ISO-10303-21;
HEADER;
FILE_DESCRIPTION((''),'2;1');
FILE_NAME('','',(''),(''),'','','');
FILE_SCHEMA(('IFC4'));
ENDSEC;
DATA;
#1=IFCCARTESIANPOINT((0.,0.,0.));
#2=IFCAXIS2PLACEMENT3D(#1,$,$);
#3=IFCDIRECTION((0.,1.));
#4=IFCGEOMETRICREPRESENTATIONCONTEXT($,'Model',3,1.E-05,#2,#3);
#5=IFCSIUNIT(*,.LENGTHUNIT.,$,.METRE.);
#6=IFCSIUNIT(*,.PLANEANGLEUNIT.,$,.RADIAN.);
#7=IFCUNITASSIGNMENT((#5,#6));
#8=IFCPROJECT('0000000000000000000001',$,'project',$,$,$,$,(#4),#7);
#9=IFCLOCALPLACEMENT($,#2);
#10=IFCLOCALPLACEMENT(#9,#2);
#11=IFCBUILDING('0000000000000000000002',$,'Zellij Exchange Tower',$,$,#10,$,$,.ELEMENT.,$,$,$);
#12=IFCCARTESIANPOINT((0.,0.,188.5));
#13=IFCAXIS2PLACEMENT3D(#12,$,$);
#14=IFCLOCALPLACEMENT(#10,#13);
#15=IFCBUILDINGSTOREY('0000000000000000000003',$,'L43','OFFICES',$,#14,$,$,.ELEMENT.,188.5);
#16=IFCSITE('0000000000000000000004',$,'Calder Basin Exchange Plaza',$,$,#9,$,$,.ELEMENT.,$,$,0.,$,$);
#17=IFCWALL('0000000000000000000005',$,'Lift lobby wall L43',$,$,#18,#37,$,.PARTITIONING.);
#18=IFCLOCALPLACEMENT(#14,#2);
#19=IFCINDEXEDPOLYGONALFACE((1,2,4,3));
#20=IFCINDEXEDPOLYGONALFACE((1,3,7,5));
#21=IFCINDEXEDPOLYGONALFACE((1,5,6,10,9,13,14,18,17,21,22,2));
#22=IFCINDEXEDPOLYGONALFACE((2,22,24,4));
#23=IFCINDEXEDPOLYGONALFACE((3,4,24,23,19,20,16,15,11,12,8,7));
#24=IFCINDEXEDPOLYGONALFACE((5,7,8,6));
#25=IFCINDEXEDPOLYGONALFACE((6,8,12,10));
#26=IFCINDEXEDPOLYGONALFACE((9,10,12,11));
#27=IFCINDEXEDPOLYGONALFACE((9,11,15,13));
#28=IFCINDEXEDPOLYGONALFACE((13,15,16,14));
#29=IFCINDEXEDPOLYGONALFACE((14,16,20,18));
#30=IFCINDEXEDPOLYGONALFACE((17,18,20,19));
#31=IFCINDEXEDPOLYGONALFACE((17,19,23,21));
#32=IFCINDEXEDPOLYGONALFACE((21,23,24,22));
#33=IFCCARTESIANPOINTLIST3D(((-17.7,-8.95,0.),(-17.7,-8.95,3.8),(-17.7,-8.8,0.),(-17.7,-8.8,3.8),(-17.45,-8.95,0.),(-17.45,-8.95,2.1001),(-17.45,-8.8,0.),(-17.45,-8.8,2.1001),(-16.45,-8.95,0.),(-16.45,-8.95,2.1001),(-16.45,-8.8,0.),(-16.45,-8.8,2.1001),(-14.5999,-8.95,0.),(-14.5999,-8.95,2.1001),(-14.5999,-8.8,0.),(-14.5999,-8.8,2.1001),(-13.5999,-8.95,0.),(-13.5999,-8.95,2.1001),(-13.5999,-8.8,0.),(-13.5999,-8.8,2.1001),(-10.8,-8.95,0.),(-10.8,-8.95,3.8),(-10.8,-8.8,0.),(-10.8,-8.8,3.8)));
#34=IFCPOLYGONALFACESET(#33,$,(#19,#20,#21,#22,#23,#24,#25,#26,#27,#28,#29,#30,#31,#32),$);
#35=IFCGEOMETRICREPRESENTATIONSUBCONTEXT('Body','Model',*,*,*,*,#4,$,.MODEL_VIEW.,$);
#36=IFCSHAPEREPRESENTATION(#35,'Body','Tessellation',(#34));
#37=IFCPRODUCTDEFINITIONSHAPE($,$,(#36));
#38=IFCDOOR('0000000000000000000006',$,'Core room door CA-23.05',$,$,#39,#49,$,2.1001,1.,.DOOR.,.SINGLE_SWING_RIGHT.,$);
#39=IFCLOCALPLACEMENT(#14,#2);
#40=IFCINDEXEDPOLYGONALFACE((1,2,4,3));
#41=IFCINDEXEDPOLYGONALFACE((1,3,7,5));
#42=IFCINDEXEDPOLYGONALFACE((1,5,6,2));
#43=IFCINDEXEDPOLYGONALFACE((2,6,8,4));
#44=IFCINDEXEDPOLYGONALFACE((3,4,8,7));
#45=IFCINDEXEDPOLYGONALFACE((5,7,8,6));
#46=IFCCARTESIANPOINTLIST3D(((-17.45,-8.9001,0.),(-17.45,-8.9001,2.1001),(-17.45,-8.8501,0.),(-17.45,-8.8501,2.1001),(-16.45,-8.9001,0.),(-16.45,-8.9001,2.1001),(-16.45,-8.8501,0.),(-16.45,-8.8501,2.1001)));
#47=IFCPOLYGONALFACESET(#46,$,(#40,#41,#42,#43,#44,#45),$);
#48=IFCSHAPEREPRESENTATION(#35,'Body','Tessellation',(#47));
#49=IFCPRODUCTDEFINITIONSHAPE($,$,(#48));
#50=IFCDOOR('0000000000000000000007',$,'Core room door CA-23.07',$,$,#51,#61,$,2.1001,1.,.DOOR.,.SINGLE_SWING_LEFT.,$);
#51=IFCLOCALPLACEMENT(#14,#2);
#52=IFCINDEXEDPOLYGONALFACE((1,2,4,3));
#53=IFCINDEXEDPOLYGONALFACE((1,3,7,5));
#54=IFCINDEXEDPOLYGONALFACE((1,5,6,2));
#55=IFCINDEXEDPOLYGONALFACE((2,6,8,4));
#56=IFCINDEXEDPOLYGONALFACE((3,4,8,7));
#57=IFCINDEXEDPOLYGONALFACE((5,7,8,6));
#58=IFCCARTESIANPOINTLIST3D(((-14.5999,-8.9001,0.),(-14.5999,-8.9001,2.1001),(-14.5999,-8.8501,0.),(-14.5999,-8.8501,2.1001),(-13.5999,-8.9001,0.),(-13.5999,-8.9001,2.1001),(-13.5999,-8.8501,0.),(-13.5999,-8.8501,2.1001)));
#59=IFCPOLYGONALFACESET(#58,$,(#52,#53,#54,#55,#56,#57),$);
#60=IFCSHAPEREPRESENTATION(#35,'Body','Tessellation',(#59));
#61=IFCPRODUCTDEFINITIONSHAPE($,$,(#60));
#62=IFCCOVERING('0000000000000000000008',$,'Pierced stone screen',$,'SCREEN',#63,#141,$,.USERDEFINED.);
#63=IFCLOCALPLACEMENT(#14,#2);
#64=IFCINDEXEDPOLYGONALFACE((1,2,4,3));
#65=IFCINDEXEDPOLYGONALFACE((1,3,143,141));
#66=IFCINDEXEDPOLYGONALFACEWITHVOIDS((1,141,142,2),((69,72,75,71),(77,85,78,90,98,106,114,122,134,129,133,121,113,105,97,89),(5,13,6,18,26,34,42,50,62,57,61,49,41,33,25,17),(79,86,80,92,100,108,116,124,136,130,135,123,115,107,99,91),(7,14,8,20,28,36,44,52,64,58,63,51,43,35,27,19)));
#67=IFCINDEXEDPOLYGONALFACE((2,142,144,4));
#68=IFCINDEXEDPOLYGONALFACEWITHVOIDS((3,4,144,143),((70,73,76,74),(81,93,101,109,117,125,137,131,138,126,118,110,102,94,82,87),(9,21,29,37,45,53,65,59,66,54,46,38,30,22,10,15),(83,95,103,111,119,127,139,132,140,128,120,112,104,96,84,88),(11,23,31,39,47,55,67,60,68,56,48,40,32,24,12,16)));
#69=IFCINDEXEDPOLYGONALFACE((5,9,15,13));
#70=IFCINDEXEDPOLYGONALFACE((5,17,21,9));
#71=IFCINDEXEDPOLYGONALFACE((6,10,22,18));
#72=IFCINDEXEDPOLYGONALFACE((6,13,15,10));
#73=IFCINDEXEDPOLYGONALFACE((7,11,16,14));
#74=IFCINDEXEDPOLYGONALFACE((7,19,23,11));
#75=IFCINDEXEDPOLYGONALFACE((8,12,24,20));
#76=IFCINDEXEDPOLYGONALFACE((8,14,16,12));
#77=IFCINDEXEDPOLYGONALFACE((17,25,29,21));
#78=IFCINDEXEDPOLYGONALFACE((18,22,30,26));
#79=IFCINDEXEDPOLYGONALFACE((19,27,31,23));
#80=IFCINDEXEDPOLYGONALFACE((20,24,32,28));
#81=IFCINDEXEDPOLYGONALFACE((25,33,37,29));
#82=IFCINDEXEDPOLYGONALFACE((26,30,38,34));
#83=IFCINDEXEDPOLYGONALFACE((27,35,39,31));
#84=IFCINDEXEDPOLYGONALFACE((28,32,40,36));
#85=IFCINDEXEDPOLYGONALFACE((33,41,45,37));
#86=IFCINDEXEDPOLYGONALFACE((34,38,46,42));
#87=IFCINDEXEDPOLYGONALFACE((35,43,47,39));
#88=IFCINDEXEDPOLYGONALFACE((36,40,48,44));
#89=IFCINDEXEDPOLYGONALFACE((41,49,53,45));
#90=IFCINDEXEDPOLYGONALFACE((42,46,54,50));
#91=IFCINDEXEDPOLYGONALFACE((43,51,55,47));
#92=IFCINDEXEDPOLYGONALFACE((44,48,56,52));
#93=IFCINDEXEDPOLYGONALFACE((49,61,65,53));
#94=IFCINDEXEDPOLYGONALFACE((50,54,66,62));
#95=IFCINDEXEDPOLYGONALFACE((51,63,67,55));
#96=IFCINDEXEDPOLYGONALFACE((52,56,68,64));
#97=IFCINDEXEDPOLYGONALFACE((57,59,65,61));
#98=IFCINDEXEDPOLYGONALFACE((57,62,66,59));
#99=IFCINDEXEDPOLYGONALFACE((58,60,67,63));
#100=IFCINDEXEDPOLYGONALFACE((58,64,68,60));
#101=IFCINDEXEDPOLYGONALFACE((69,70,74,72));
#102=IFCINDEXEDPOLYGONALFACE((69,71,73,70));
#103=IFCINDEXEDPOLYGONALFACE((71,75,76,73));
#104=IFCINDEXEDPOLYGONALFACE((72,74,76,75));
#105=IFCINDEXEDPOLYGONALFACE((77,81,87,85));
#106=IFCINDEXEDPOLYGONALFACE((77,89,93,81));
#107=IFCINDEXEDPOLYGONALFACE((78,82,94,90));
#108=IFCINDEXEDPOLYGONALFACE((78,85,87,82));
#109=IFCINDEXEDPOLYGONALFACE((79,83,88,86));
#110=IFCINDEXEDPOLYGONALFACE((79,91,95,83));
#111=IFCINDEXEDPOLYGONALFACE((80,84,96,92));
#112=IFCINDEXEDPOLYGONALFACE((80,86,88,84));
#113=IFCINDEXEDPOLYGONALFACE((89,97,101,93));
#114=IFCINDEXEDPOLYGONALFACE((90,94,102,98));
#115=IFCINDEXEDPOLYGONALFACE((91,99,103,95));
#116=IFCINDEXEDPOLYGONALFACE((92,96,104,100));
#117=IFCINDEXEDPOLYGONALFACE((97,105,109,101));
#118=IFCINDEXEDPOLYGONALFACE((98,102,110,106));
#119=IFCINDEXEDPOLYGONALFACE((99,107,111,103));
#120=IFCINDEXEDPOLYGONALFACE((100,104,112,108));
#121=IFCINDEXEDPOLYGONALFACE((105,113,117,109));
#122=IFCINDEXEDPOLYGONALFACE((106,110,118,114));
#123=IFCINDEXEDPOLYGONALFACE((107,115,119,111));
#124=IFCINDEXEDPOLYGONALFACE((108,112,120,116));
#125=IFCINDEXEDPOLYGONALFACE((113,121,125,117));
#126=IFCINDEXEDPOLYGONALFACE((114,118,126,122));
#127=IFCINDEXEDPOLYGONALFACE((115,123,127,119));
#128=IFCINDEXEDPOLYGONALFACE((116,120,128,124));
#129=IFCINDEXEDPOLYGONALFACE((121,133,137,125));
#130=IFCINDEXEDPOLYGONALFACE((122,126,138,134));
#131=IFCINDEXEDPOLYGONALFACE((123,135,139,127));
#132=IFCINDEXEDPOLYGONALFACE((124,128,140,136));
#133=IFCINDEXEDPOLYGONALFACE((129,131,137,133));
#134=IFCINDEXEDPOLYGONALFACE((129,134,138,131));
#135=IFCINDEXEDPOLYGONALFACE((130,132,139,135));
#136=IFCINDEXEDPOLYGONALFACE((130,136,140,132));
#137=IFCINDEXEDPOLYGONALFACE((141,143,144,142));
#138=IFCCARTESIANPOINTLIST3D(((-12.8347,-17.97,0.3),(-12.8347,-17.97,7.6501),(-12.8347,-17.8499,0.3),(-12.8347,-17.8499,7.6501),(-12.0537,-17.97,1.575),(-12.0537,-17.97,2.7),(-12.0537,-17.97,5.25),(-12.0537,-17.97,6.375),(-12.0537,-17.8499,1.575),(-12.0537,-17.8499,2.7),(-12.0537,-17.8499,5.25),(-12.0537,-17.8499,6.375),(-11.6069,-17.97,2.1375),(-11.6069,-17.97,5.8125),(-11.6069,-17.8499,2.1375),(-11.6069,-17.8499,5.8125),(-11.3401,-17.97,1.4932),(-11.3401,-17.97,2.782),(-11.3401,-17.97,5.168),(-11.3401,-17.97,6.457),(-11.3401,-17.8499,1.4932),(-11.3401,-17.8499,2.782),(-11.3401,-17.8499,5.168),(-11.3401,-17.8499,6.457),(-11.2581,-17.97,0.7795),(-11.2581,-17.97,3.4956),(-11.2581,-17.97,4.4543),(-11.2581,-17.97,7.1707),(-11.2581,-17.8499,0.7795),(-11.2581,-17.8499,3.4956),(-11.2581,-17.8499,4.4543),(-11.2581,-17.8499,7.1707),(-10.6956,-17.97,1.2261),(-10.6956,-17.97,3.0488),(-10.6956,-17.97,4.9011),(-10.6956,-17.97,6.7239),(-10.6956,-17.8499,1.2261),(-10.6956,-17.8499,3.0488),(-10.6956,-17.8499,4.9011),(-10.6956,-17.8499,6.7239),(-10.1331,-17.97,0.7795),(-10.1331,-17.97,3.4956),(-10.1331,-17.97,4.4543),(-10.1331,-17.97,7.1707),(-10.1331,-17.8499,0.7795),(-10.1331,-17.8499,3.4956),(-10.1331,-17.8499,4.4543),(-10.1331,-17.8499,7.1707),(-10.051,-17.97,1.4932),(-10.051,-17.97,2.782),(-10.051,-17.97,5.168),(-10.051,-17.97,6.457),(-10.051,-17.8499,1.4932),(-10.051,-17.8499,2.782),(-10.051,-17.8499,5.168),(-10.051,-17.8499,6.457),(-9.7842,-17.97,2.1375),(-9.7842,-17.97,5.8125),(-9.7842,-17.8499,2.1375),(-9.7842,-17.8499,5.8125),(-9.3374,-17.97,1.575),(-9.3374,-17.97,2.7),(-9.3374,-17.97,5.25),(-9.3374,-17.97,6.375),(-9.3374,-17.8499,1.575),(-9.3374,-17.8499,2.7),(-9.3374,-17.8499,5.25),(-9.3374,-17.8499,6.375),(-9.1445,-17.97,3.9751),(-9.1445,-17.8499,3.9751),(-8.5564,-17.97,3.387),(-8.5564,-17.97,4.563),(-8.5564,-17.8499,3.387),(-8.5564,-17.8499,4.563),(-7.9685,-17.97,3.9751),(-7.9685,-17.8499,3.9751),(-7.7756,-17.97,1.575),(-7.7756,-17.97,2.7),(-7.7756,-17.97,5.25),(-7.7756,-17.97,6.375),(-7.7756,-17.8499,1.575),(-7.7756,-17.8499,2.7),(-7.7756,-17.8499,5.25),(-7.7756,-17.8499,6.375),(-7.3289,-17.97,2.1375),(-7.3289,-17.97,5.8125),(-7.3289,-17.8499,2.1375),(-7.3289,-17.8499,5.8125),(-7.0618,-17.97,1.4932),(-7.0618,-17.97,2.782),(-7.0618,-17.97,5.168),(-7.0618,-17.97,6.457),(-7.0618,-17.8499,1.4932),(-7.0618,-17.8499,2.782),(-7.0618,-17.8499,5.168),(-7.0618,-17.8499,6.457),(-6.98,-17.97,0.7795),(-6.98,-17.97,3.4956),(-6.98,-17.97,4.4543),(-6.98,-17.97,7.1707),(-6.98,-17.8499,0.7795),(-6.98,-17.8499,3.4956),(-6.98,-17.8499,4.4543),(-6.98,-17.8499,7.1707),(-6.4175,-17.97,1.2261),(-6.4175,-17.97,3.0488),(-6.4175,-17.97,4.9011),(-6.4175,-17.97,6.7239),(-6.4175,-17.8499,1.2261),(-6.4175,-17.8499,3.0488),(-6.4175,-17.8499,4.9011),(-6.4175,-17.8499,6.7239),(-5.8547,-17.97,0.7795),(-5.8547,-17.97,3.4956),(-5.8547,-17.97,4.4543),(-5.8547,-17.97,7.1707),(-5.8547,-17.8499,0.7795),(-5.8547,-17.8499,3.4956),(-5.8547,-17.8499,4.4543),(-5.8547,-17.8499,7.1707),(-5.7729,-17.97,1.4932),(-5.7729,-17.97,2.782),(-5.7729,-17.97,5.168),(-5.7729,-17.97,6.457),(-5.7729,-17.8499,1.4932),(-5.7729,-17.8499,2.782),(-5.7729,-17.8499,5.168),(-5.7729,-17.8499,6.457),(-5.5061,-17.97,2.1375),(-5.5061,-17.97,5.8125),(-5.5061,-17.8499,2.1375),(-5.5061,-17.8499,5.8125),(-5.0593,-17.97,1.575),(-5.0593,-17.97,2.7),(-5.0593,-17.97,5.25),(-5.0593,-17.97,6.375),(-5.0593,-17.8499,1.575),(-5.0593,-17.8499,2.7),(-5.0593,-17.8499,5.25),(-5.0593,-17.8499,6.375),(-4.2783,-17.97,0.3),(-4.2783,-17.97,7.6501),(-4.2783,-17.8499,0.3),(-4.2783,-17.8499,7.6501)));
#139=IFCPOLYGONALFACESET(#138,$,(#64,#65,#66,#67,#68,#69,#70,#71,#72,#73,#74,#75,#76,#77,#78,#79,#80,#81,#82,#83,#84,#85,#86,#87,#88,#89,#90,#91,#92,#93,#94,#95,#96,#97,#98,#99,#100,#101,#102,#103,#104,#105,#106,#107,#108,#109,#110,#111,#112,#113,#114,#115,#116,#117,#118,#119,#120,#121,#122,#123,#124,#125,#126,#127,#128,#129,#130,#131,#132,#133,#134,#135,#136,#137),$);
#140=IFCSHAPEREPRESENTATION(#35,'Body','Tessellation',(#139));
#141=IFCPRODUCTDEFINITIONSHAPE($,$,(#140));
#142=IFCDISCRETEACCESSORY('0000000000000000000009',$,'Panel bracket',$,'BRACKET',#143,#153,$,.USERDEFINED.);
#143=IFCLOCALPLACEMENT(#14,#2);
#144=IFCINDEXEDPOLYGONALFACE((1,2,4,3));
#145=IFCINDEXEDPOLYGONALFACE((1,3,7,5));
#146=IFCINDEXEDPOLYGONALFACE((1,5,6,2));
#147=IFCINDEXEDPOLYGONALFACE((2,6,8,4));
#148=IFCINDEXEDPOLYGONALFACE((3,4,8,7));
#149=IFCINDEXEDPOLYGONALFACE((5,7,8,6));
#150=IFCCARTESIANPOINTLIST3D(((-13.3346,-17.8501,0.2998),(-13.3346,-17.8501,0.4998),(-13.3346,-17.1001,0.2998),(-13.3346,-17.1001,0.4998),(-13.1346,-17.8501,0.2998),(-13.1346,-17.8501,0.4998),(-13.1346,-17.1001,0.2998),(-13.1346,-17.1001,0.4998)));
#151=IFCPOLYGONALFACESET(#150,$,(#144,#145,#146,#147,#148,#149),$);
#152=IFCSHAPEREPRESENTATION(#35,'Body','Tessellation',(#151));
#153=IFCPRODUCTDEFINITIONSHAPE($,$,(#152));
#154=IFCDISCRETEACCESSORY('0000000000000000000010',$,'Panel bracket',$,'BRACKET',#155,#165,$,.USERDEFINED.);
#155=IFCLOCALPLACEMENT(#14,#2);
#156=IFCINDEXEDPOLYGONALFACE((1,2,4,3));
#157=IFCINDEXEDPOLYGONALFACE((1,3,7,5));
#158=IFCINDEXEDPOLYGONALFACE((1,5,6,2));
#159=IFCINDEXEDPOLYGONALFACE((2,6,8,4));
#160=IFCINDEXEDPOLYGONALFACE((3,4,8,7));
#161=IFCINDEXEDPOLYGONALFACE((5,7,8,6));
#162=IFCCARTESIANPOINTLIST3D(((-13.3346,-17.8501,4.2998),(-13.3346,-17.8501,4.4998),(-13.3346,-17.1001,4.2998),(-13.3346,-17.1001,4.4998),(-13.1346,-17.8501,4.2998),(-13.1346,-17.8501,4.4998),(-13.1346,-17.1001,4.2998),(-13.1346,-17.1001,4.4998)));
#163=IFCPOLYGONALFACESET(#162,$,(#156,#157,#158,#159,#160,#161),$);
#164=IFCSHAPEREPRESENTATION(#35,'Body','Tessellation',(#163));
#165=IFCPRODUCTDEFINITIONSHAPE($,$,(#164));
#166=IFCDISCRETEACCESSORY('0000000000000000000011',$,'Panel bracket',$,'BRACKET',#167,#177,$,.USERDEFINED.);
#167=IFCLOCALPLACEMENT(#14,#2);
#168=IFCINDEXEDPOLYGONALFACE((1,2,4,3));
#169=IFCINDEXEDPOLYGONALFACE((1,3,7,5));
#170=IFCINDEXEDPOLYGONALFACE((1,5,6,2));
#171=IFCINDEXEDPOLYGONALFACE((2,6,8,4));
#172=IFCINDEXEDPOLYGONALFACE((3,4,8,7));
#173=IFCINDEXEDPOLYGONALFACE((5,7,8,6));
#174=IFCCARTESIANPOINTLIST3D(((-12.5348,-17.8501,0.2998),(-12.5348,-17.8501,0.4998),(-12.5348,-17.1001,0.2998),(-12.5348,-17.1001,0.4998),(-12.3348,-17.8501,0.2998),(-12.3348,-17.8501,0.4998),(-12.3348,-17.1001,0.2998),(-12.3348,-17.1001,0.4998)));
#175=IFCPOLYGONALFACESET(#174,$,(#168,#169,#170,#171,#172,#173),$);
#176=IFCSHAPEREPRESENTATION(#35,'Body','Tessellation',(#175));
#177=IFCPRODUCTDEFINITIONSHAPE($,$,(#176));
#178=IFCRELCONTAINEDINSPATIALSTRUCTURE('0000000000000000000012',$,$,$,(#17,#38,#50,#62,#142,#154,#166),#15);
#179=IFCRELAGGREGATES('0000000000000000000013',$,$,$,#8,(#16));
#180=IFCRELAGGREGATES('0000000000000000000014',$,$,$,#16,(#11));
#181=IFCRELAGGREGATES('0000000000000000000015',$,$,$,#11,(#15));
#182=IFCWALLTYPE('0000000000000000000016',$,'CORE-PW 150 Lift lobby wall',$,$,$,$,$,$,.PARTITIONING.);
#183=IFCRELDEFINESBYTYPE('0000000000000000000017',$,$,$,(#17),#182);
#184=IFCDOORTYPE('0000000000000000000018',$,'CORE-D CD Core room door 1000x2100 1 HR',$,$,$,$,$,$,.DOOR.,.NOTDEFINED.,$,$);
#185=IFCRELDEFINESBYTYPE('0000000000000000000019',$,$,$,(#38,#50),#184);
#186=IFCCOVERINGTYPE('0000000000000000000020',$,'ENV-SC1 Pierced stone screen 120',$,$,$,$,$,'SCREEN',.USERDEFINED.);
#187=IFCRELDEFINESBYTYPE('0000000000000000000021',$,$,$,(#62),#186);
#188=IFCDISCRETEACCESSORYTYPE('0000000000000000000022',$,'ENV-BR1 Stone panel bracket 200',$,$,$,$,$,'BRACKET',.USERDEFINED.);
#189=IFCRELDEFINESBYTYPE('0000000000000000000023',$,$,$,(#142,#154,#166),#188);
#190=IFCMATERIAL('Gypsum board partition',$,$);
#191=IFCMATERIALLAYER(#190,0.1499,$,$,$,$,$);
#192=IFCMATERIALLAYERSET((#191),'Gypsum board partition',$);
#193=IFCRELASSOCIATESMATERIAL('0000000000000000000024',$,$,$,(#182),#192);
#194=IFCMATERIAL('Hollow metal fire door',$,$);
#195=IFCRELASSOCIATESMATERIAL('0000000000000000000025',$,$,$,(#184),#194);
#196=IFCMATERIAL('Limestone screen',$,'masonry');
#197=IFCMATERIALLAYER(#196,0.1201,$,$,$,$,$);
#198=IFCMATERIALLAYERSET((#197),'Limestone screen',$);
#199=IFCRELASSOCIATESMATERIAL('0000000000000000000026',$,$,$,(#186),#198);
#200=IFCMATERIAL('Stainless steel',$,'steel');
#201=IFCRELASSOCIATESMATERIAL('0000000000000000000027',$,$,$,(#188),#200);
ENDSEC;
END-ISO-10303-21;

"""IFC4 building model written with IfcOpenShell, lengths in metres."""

from ifc_helpers import new_model, si_unit, direction, frame, frame_2d, origin, origin_2d, place, context, subcontext, project, spatial, polyline, rectangle, outline, extrude, material, layer, layer_set, type_object, element, fill, save


model = new_model("IFC4")

# Units and contexts
model_context = context("Model", 3, precision=1e-05, world=origin(), true_north=direction((0.0, 1.0)))
body_context = subcontext(model_context, "Body", "Model", "MODEL_VIEW")
ifc_project = project(units=[si_unit("LENGTHUNIT", "METRE"), si_unit("PLANEANGLEUNIT", "RADIAN")], contexts=[model_context])

# Site, building, storey
site_placement = place(None, origin())
site = spatial("IfcSite", under=ifc_project, at=site_placement, Name="Calder Basin Exchange Plaza", CompositionType="ELEMENT", RefElevation=0.0)
building_placement = place(site_placement, origin())
building = spatial("IfcBuilding", under=site, at=building_placement, Name="Zellij Exchange Tower", CompositionType="ELEMENT")
storey_placement = place(building_placement, frame((0.0, 0.0, 188.5)))
storey = spatial("IfcBuildingStorey", under=building, at=storey_placement, Name="L43", Description="OFFICES", CompositionType="ELEMENT", Elevation=188.5)

# Shared definitions
ifc_material_1 = material(Name="Gypsum board partition")
ifc_layer_1 = layer(ifc_material_1, 0.1499)
ifc_layer_set_1 = layer_set([ifc_layer_1], Name="Gypsum board partition")
wall_type_1 = type_object("IfcWallType", Name="CORE-PW 150 Lift lobby wall", PredefinedType="PARTITIONING", material=ifc_layer_set_1)
ifc_material_2 = material(Name="Hollow metal fire door")

# Wall, openings, doors
door_type_1 = type_object("IfcDoorType", Name="CORE-D CD Core room door 1000x2100 1 HR", OperationType="NOTDEFINED", PredefinedType="DOOR", material=ifc_material_2)
wall_1_placement = place(storey_placement, frame((-17.7, -8.875, 0.0), z_axis=(0.0, 0.0, 1.0), x_axis=(1.0, 0.0, 0.0)))
wall_1 = element("IfcWall", 1, at=wall_1_placement, inside=storey, type_object=wall_type_1, Name="Lift lobby wall L43", PredefinedType="PARTITIONING", context=body_context, shape_type="SweptSolid", body=[
    extrude(rectangle(XDim=6.8999, YDim=0.1499, at=frame_2d((3.45, 0.0))), origin(), (0.0, 0.0, 1.0), 3.8),
])
opening_1_placement = place(wall_1_placement, frame((0.25, 0.0, 0.0)))
opening_1 = element("IfcOpeningElement", 2, at=opening_1_placement, cuts=wall_1, PredefinedType="OPENING", context=body_context, shape_type="SweptSolid", body=[
    extrude(rectangle(XDim=1.0, YDim=2.1001, at=frame_2d((0.5, 1.05))), frame((0.0, 0.0869, 0.0), z_axis=(0.0, -1.0, 0.0), x_axis=(1.0, 0.0, 0.0)), (0.0, 0.0, 1.0), 0.1738),
])
opening_2_placement = place(wall_1_placement, frame((3.1001, 0.0, 0.0)))
opening_2 = element("IfcOpeningElement", 3, at=opening_2_placement, cuts=wall_1, PredefinedType="OPENING", context=body_context, shape_type="SweptSolid", body=[
    extrude(rectangle(XDim=1.0, YDim=2.1001, at=frame_2d((0.5, 1.05))), frame((0.0, 0.0869, 0.0), z_axis=(0.0, -1.0, 0.0), x_axis=(1.0, 0.0, 0.0)), (0.0, 0.0, 1.0), 0.1738),
])
door_1_placement = place(opening_1_placement, origin())
door_1 = element("IfcDoor", 4, at=door_1_placement, inside=storey, type_object=door_type_1, Name="Core room door CA-23.05", OperationType="SINGLE_SWING_RIGHT", OverallHeight=2.1001, OverallWidth=1.0, PredefinedType="DOOR", context=body_context, shape_type="SweptSolid", body=[
    extrude(rectangle(XDim=1.0, YDim=2.1001, at=frame_2d((0.5, 1.05))), frame((0.0, 0.0249, 0.0), z_axis=(0.0, -1.0, 0.0), x_axis=(1.0, 0.0, 0.0)), (0.0, 0.0, 1.0), 0.05),
])
fill(opening_1, door_1)
door_2_placement = place(opening_2_placement, origin())
door_2 = element("IfcDoor", 5, at=door_2_placement, inside=storey, type_object=door_type_1, Name="Core room door CA-23.07", OperationType="SINGLE_SWING_LEFT", OverallHeight=2.1001, OverallWidth=1.0, PredefinedType="DOOR", context=body_context, shape_type="SweptSolid", body=[
    extrude(rectangle(XDim=1.0, YDim=2.1001, at=frame_2d((0.5, 1.05))), frame((0.0, 0.0249, 0.0), z_axis=(0.0, -1.0, 0.0), x_axis=(1.0, 0.0, 0.0)), (0.0, 0.0, 1.0), 0.05),
])
fill(opening_2, door_2)

# Covering
ifc_material_3 = material(Name="Limestone screen", Category="masonry")
ifc_layer_2 = layer(ifc_material_3, 0.1201)
ifc_layer_set_2 = layer_set([ifc_layer_2], Name="Limestone screen")
covering_type = type_object("IfcCoveringType", Name="ENV-SC1 Pierced stone screen 120", ElementType="SCREEN", PredefinedType="USERDEFINED", material=ifc_layer_set_2)
covering_placement = place(storey_placement, frame((-12.8347, -17.9099, 0.3), z_axis=(0.0, 0.0, 1.0), x_axis=(1.0, 0.0, 0.0)))
element("IfcCovering", 6, at=covering_placement, inside=storey, type_object=covering_type, Name="Pierced stone screen", ObjectType="SCREEN", PredefinedType="USERDEFINED", context=body_context, shape_type="SweptSolid", body=[
    extrude(outline(polyline([(0.0, 0.0), (8.5564, 0.0), (8.5564, 7.3501), (0.0, 7.3501), (0.0, 0.0)]), holes=[polyline([(3.4973, 2.3999), (2.7837, 2.4819), (2.7017, 3.1956), (2.1392, 2.7488), (1.5767, 3.1956), (1.4946, 2.4819), (0.781, 2.3999), (1.2278, 1.8374), (0.781, 1.2749), (1.4946, 1.1931), (1.5767, 0.4795), (2.1392, 0.926), (2.7017, 0.4795), (2.7837, 1.1931), (3.4973, 1.2749), (3.0505, 1.8374), (3.4973, 2.3999)]), polyline([(3.4973, 6.075), (2.7837, 6.157), (2.7017, 6.8706), (2.1392, 6.4238), (1.5767, 6.8706), (1.4946, 6.157), (0.781, 6.075), (1.2278, 5.5125), (0.781, 4.95), (1.4946, 4.8679), (1.5767, 4.1543), (2.1392, 4.6011), (2.7017, 4.1543), (2.7837, 4.8679), (3.4973, 4.95), (3.0505, 5.5125), (3.4973, 6.075)]), polyline([(7.7754, 2.3999), (7.0618, 2.4819), (6.98, 3.1956), (6.4172, 2.7488), (5.8547, 3.1956), (5.7729, 2.4819), (5.0591, 2.3999), (5.5059, 1.8374), (5.0591, 1.2749), (5.7729, 1.1931), (5.8547, 0.4795), (6.4172, 0.926), (6.98, 0.4795), (7.0618, 1.1931), (7.7754, 1.2749), (7.3286, 1.8374), (7.7754, 2.3999)]), polyline([(7.7754, 6.075), (7.0618, 6.157), (6.98, 6.8706), (6.4172, 6.4238), (5.8547, 6.8706), (5.7729, 6.157), (5.0591, 6.075), (5.5059, 5.5125), (5.0591, 4.95), (5.7729, 4.8679), (5.8547, 4.1543), (6.4172, 4.6011), (6.98, 4.1543), (7.0618, 4.8679), (7.7754, 4.95), (7.3286, 5.5125), (7.7754, 6.075)]), polyline([(4.8662, 3.675), (4.2783, 4.2629), (3.6902, 3.675), (4.2783, 3.0869), (4.8662, 3.675)])]), frame((0.0, 0.0601, 0.0), z_axis=(0.0, -1.0, 0.0), x_axis=(1.0, 0.0, 0.0)), (0.0, 0.0, 1.0), 0.1201),
])

# Discrete accessories
ifc_material_4 = material(Name="Stainless steel", Category="steel")
discrete_accessory_type = type_object("IfcDiscreteAccessoryType", Name="ENV-BR1 Stone panel bracket 200", ElementType="BRACKET", PredefinedType="USERDEFINED", material=ifc_material_4)
for number, where, z_axis, x_axis, name in (
    (7, (-13.2346, -17.4751, 0.2998), (0.0, 0.0, 1.0), (1.0, 0.0, 0.0), "Panel bracket"),
    (8, (-13.2346, -17.4751, 4.2998), (0.0, 0.0, 1.0), (1.0, 0.0, 0.0), "Panel bracket"),
    (9, (-12.4348, -17.4751, 0.2998), (0.0, 0.0, 1.0), (1.0, 0.0, 0.0), "Panel bracket"),
):
    element("IfcDiscreteAccessory", number, at=place(storey_placement, frame(where, z_axis=z_axis, x_axis=x_axis)), inside=storey, type_object=discrete_accessory_type, Name=name, ObjectType="BRACKET", PredefinedType="USERDEFINED", context=body_context, shape_type="SweptSolid", body=[
        extrude(rectangle(XDim=0.2, YDim=0.75, at=origin_2d()), origin(), (0.0, 0.0, 1.0), 0.2),
    ])

save(model, "model.ifc")
